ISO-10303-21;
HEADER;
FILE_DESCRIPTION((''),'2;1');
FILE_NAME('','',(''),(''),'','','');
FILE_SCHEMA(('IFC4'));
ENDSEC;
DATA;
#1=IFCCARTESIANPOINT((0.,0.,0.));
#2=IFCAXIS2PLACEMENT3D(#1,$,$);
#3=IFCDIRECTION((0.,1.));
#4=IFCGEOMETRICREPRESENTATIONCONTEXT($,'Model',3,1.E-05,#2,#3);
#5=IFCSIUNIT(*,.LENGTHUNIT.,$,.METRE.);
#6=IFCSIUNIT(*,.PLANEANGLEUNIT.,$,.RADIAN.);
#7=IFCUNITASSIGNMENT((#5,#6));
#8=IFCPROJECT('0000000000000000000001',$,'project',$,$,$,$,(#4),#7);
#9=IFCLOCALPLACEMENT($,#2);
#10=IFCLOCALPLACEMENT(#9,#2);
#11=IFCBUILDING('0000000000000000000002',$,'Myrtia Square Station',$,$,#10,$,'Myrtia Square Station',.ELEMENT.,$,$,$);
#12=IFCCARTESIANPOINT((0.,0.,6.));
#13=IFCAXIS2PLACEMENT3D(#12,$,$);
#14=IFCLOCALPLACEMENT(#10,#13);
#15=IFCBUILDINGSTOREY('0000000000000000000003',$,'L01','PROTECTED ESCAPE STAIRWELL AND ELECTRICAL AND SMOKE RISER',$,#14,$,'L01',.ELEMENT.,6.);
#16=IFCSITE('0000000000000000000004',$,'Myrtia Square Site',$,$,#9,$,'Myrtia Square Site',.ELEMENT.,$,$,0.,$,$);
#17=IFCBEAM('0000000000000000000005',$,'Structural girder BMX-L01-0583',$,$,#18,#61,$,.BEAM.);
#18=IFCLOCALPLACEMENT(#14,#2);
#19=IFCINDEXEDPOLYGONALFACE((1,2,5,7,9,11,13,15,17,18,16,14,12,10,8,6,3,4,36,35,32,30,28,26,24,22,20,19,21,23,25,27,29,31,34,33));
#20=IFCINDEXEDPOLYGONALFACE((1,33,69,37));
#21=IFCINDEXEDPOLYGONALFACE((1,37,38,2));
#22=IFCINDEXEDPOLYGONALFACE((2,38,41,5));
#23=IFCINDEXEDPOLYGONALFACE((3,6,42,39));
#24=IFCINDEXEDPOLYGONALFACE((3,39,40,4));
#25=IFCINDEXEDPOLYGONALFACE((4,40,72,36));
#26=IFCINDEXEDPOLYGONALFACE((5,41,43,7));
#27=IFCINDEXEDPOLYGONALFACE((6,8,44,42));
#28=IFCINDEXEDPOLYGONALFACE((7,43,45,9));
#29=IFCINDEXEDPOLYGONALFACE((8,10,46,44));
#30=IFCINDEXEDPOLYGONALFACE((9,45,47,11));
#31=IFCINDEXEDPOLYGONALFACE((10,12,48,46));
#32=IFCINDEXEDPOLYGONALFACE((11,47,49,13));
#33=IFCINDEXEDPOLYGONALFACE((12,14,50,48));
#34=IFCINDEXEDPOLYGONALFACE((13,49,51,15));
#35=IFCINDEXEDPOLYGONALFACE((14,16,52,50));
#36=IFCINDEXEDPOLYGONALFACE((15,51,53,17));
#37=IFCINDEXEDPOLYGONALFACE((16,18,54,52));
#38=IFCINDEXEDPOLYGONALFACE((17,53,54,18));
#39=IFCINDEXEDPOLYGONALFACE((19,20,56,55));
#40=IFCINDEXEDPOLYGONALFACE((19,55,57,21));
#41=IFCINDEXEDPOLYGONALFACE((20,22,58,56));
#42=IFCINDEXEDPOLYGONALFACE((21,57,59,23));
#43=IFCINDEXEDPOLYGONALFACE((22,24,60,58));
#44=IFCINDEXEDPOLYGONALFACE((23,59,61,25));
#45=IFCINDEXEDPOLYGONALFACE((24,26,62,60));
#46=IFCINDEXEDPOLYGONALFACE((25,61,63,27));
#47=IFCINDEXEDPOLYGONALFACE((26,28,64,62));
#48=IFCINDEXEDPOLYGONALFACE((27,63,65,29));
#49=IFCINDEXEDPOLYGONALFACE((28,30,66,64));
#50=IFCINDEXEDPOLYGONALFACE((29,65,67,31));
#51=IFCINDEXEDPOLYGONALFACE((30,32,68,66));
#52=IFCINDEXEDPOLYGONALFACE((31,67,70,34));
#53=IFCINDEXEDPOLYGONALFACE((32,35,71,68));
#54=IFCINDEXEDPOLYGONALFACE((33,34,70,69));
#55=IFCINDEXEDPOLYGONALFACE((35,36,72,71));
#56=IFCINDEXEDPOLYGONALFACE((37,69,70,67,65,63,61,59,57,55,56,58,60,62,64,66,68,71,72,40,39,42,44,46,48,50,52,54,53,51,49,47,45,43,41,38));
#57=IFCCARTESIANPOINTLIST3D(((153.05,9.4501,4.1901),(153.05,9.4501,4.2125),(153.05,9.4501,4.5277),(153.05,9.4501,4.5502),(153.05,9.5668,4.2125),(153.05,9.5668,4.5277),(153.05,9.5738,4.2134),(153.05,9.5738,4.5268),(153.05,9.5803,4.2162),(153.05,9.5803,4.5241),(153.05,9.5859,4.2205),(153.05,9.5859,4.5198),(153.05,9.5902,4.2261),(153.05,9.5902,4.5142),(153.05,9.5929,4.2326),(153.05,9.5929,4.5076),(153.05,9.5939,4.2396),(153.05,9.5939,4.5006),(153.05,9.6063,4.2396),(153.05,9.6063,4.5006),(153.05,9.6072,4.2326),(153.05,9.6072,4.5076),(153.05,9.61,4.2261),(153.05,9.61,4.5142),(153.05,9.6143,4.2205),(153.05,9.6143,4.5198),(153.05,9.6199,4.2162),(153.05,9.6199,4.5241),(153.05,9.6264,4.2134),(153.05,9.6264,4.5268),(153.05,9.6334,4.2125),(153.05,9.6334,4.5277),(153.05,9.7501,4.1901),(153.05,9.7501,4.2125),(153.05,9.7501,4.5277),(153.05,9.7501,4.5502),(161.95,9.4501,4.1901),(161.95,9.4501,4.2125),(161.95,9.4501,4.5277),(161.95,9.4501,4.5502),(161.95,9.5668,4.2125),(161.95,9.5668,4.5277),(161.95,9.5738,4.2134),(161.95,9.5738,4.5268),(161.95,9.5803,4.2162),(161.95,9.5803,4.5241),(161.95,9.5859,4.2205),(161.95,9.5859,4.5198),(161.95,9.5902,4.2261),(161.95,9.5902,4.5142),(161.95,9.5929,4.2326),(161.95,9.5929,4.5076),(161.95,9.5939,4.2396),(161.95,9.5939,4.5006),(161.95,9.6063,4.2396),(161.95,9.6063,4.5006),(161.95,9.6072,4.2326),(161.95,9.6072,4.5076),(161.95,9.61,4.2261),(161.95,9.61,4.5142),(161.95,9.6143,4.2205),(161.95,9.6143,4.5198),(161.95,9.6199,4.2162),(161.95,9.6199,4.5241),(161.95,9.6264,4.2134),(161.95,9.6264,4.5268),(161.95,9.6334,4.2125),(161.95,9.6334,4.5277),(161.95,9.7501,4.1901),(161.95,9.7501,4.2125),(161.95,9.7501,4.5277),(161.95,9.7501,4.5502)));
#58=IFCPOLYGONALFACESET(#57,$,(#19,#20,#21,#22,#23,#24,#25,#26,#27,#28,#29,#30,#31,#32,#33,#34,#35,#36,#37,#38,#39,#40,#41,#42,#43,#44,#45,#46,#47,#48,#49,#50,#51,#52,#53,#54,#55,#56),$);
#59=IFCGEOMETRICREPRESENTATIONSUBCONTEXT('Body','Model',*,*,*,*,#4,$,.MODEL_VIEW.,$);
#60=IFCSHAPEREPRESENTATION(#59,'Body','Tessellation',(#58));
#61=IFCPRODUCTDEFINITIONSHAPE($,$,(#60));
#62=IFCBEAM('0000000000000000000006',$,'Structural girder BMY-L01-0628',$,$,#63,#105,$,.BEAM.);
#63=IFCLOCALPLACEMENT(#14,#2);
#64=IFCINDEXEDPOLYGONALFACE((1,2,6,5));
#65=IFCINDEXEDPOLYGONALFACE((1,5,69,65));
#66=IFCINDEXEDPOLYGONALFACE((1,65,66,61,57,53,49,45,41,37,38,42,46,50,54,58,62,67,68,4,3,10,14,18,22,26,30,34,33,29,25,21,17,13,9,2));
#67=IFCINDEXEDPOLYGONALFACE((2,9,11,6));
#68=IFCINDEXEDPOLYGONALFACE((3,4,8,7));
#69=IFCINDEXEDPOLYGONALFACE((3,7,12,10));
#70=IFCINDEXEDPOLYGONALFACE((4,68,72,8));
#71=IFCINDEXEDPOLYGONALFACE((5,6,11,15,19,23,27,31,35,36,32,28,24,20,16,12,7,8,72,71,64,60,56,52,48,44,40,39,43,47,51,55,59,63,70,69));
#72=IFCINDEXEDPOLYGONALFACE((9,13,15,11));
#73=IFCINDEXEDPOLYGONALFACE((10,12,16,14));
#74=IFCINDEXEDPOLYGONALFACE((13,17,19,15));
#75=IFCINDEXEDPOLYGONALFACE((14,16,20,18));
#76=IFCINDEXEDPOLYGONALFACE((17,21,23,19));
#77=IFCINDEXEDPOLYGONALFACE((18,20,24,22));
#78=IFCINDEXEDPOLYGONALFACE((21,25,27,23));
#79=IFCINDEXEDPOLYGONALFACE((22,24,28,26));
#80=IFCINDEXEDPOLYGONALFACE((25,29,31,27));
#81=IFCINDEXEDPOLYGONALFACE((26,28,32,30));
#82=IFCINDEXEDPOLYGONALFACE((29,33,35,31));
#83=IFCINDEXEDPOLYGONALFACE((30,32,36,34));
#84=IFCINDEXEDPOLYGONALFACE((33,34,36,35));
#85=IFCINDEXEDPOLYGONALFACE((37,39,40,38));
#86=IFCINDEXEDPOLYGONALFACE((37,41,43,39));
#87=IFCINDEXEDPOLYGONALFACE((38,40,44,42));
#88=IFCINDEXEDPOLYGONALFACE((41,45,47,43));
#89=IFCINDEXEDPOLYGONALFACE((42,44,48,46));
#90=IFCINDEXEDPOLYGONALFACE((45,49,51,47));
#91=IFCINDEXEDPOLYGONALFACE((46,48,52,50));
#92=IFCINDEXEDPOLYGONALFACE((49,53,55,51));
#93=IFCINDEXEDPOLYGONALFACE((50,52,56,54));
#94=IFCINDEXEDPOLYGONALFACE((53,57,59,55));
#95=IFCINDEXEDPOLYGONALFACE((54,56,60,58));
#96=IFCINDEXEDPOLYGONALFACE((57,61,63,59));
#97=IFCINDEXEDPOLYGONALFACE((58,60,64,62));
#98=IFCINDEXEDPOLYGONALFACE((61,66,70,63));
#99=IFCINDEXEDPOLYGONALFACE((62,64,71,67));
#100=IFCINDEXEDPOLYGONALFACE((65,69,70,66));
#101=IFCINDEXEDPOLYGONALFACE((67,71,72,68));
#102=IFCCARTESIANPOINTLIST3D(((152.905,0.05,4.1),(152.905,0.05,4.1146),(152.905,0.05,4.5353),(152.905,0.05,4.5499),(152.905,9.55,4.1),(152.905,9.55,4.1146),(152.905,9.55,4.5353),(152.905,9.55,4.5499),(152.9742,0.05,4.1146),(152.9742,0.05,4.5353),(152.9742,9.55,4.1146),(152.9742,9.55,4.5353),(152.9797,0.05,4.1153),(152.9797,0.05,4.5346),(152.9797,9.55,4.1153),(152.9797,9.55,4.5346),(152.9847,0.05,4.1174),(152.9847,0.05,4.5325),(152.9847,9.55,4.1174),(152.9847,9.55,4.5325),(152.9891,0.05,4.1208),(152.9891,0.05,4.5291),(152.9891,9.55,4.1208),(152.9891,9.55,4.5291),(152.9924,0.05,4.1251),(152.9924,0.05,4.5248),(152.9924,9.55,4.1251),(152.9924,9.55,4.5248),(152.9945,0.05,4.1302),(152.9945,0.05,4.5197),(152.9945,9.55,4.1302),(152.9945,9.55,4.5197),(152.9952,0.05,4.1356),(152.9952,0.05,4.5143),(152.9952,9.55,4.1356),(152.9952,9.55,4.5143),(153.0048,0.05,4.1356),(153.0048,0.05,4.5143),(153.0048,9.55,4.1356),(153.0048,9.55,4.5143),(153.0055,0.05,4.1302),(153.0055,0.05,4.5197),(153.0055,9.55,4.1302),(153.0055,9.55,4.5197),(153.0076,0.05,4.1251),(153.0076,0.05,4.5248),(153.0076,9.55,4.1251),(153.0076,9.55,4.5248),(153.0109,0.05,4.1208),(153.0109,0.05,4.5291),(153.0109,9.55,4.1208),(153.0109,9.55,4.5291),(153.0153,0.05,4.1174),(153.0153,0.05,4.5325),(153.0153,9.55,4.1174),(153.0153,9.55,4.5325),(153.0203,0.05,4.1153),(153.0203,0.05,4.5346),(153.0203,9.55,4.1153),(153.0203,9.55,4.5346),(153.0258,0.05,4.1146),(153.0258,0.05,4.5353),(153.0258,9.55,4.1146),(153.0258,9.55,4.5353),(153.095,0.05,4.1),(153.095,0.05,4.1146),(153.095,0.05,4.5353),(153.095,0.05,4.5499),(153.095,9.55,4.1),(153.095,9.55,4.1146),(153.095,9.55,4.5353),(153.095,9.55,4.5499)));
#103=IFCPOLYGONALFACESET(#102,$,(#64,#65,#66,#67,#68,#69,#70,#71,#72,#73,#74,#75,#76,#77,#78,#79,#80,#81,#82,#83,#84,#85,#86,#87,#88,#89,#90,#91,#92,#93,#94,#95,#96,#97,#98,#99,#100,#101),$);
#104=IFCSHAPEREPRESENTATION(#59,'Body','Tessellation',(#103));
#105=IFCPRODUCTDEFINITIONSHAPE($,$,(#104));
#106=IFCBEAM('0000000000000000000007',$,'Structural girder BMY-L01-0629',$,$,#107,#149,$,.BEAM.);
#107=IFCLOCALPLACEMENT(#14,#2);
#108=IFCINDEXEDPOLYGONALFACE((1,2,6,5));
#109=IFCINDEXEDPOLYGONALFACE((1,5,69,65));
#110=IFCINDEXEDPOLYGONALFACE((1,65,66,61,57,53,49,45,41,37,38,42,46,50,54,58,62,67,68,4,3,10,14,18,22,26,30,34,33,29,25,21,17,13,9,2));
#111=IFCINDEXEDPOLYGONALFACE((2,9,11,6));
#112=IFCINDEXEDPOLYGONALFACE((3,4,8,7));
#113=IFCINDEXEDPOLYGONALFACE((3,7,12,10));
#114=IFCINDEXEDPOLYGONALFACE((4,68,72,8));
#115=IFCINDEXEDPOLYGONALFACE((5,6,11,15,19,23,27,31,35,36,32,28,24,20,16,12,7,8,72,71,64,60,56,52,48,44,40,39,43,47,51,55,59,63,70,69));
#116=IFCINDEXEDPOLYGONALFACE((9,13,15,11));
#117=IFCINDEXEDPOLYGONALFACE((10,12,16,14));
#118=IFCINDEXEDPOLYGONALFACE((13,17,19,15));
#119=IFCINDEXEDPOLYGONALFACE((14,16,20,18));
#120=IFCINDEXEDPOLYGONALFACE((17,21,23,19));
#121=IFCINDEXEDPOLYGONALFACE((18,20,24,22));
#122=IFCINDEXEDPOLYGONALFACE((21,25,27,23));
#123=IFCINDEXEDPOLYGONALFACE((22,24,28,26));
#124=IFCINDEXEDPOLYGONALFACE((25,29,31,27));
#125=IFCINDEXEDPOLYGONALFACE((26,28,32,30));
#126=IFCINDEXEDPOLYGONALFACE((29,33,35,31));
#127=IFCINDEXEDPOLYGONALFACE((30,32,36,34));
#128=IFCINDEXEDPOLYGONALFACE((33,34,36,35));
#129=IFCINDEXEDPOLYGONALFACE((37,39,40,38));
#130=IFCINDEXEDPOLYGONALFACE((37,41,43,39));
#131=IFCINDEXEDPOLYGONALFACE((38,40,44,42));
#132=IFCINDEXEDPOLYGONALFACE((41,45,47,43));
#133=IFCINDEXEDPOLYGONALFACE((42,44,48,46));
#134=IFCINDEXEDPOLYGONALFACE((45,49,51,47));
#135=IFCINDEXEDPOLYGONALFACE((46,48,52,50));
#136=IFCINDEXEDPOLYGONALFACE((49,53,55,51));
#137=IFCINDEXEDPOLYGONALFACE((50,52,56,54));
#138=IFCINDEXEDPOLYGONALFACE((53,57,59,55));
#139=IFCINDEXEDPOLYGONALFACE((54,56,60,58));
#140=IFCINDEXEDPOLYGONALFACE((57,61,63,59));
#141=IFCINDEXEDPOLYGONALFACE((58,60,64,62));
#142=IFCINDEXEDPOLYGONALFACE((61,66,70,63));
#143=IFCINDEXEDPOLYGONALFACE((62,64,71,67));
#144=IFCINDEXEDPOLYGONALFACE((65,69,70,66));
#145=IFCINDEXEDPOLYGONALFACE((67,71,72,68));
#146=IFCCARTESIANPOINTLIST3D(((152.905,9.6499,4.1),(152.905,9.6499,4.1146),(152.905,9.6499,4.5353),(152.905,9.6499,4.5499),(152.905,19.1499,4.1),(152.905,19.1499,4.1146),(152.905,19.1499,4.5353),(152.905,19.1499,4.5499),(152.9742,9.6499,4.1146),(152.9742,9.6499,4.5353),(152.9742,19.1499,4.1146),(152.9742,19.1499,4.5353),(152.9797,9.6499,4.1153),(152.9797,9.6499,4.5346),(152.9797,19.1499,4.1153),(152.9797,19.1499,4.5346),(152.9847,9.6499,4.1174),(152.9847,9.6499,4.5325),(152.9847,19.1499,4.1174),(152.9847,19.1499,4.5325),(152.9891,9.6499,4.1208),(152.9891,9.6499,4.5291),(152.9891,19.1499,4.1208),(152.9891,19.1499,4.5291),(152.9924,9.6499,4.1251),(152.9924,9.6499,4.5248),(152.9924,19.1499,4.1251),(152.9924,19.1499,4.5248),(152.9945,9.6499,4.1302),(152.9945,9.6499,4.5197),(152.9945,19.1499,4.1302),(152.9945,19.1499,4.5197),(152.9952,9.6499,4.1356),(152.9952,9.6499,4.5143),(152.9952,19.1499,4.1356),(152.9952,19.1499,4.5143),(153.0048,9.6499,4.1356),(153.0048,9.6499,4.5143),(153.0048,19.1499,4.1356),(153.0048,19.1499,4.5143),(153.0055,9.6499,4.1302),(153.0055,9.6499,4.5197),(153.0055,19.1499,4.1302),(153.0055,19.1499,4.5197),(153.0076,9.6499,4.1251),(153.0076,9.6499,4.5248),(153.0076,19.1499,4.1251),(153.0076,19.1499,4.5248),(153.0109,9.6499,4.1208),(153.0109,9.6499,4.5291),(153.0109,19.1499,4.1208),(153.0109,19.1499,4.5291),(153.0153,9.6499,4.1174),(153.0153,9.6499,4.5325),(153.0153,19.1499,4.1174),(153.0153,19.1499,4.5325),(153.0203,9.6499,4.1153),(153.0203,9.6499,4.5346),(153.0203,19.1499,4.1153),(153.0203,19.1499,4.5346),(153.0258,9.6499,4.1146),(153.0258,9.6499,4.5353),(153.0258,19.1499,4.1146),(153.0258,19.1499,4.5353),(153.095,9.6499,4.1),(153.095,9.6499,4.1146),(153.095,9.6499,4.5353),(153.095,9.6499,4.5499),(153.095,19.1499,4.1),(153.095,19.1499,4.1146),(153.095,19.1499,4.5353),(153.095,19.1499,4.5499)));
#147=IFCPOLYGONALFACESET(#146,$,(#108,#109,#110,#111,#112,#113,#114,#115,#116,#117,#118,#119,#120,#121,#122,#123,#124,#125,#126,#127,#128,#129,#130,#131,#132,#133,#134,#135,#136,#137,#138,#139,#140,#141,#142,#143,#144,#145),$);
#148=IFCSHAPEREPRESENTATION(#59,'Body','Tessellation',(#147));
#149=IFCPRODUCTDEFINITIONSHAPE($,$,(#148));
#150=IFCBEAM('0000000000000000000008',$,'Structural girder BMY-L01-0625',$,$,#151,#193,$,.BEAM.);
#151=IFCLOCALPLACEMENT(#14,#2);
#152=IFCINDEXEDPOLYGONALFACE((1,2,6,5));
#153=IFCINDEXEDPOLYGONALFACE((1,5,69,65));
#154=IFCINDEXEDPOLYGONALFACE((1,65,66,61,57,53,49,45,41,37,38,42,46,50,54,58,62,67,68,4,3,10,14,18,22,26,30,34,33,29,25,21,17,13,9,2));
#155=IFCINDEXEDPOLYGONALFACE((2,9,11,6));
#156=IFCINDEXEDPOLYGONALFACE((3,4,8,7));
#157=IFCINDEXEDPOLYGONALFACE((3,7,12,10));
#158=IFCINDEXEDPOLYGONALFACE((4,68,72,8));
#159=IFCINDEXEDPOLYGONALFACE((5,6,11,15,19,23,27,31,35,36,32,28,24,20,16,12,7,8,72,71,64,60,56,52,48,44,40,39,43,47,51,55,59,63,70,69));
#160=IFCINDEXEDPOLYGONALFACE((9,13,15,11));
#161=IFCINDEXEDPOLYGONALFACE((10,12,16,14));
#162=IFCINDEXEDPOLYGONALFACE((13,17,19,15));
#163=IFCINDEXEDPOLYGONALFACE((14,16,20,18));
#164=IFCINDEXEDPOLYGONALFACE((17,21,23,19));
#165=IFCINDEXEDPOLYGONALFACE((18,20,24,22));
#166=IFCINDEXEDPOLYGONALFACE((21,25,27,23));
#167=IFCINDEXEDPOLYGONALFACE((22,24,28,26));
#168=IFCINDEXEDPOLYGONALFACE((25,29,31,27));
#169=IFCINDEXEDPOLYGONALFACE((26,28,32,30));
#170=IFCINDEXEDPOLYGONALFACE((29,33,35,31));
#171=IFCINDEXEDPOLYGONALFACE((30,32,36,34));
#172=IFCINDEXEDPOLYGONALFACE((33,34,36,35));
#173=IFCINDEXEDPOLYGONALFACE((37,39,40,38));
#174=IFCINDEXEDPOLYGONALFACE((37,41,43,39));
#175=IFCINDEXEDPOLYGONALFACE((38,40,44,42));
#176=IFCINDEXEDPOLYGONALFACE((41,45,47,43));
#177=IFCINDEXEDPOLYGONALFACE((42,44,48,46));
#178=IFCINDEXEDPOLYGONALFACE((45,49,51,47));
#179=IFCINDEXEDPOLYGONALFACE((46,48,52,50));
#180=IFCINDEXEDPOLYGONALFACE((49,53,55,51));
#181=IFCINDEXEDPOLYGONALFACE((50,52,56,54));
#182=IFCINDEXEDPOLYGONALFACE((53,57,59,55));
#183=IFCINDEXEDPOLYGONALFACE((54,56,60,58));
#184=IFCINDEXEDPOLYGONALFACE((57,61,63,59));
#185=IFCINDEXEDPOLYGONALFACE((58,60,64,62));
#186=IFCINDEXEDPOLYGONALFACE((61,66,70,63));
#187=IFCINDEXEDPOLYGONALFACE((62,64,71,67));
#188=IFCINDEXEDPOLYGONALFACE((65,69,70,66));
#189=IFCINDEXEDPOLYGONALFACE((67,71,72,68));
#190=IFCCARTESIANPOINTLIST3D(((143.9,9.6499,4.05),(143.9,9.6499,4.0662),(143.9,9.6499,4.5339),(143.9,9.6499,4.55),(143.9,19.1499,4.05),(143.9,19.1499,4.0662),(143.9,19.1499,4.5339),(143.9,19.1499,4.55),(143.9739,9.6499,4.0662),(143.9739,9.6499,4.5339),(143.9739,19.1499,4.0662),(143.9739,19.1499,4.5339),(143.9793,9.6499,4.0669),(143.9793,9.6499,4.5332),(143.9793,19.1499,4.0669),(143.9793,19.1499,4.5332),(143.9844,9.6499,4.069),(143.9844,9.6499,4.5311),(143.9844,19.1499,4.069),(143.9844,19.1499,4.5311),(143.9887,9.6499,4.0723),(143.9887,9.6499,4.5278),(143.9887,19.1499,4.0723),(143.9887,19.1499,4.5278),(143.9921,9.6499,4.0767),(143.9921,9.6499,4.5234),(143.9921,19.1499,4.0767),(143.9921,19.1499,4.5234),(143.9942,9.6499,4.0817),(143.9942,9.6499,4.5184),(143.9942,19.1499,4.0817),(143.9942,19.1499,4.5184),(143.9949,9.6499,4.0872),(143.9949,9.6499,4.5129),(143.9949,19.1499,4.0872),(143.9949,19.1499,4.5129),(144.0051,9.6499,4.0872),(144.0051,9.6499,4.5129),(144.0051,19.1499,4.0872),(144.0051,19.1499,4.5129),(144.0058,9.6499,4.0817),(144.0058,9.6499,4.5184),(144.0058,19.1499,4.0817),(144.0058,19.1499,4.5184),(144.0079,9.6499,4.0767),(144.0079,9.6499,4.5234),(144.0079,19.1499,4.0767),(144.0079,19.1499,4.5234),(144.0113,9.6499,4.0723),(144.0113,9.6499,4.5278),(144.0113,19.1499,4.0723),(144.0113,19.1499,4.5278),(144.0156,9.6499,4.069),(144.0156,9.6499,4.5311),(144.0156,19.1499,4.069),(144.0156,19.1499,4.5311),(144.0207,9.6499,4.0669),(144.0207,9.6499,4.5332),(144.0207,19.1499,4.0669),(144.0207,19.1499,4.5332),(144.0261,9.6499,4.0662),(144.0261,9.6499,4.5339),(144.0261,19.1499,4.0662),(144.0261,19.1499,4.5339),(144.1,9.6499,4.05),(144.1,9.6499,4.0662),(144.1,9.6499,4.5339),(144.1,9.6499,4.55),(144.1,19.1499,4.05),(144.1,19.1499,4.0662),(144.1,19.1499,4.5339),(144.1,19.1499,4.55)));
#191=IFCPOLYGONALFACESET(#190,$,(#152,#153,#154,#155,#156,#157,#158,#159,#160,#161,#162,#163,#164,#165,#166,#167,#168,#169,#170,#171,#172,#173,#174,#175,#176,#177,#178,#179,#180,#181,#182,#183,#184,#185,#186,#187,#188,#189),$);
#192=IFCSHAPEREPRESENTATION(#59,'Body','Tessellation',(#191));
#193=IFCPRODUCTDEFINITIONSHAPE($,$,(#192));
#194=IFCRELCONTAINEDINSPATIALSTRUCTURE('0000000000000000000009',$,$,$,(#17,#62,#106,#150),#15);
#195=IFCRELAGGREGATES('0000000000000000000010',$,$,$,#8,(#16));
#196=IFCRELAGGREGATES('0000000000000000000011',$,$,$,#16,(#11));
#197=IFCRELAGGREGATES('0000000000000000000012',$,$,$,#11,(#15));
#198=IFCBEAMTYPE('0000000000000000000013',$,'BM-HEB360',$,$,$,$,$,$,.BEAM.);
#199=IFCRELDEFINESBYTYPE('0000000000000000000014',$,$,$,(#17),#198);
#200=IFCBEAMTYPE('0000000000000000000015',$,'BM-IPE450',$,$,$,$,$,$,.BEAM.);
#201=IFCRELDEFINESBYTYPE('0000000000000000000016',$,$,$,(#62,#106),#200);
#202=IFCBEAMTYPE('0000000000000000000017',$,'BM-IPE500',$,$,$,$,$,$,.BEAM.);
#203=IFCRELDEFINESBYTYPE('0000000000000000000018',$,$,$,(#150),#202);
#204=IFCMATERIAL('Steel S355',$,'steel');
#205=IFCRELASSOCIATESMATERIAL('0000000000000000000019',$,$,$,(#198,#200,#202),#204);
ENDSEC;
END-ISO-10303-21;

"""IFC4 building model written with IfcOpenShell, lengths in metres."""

from ifc_helpers import new_model, si_unit, direction, frame, origin, origin_2d, place, context, subcontext, project, spatial, i_section, extrude, material, material_profile, profile_set, type_object, element, save


model = new_model("IFC4")

# Units and contexts
model_context = context("Model", 3, precision=1e-05, world=origin(), true_north=direction((0.0, 1.0)))
body_context = subcontext(model_context, "Body", "Model", "MODEL_VIEW")
ifc_project = project(units=[si_unit("LENGTHUNIT", "METRE"), si_unit("PLANEANGLEUNIT", "RADIAN")], contexts=[model_context])

# Site, building, storey
site_placement = place(None, origin())
site = spatial("IfcSite", under=ifc_project, at=site_placement, Name="Myrtia Square Site", LongName="Myrtia Square Site", CompositionType="ELEMENT", RefElevation=0.0)
building_placement = place(site_placement, origin())
building = spatial("IfcBuilding", under=site, at=building_placement, Name="Myrtia Square Station", LongName="Myrtia Square Station", CompositionType="ELEMENT")
storey_placement = place(building_placement, frame((0.0, 0.0, 6.0)))
storey = spatial("IfcBuildingStorey", under=building, at=storey_placement, Name="L01", Description="PROTECTED ESCAPE STAIRWELL AND ELECTRICAL AND SMOKE RISER", LongName="L01", CompositionType="ELEMENT", Elevation=6.0)

# Shared definitions
ifc_material_1 = material(Name="Steel S355", Category="steel")

# Beams
ifc_material_profile_1 = material_profile(ifc_material_1, i_section(OverallWidth=0.3, OverallDepth=0.3601, WebThickness=0.0125, FlangeThickness=0.0225, FilletRadius=0.0271, at=origin_2d()), Name="HEB 360")
ifc_profile_set_1 = profile_set([ifc_material_profile_1], Name="Steel S355")
beam_type_1 = type_object("IfcBeamType", Name="BM-HEB360", PredefinedType="BEAM", material=ifc_profile_set_1)
for number, where, z_axis, x_axis, name in (
    (1, (153.05, 9.6001, 4.3701), (1.0, 0.0, 0.0), (0.0, 1.0, 0.0), "Structural girder BMX-L01-0583"),
):
    element("IfcBeam", number, at=place(storey_placement, frame(where, z_axis=z_axis, x_axis=x_axis)), inside=storey, type_object=beam_type_1, Name=name, PredefinedType="BEAM", context=body_context, shape_type="SweptSolid", body=[
        extrude(i_section(OverallWidth=0.3, OverallDepth=0.3601, WebThickness=0.0125, FlangeThickness=0.0225, FilletRadius=0.0271, at=origin_2d()), origin(), (0.0, 0.0, 1.0), 8.8999),
    ])
ifc_material_profile_2 = material_profile(ifc_material_1, i_section(OverallWidth=0.1899, OverallDepth=0.45, WebThickness=0.0095, FlangeThickness=0.0146, FilletRadius=0.021, at=origin_2d()), Name="IPE 450")
ifc_profile_set_2 = profile_set([ifc_material_profile_2], Name="Steel S355")
beam_type_2 = type_object("IfcBeamType", Name="BM-IPE450", PredefinedType="BEAM", material=ifc_profile_set_2)
for number, where, z_axis, x_axis, name in (
    (2, (153.0, 0.05, 4.325), (0.0, 1.0, 0.0), (-1.0, 0.0, 0.0), "Structural girder BMY-L01-0628"),
    (3, (153.0, 9.6499, 4.325), (0.0, 1.0, 0.0), (-1.0, 0.0, 0.0), "Structural girder BMY-L01-0629"),
):
    element("IfcBeam", number, at=place(storey_placement, frame(where, z_axis=z_axis, x_axis=x_axis)), inside=storey, type_object=beam_type_2, Name=name, PredefinedType="BEAM", context=body_context, shape_type="SweptSolid", body=[
        extrude(i_section(OverallWidth=0.1899, OverallDepth=0.45, WebThickness=0.0095, FlangeThickness=0.0146, FilletRadius=0.021, at=origin_2d()), origin(), (0.0, 0.0, 1.0), 9.5),
    ])
ifc_material_profile_3 = material_profile(ifc_material_1, i_section(OverallWidth=0.2, OverallDepth=0.5, WebThickness=0.0103, FlangeThickness=0.0161, FilletRadius=0.021, at=origin_2d()), Name="IPE 500")
ifc_profile_set_3 = profile_set([ifc_material_profile_3], Name="Steel S355")
beam_type_3 = type_object("IfcBeamType", Name="BM-IPE500", PredefinedType="BEAM", material=ifc_profile_set_3)
beam_placement = place(storey_placement, frame((144.0, 9.6499, 4.3), z_axis=(0.0, 1.0, 0.0), x_axis=(-1.0, 0.0, 0.0)))
element("IfcBeam", 4, at=beam_placement, inside=storey, type_object=beam_type_3, Name="Structural girder BMY-L01-0625", PredefinedType="BEAM", context=body_context, shape_type="SweptSolid", body=[
    extrude(i_section(OverallWidth=0.2, OverallDepth=0.5, WebThickness=0.0103, FlangeThickness=0.0161, FilletRadius=0.021, at=origin_2d()), origin(), (0.0, 0.0, 1.0), 9.5),
])

save(model, "model.ifc")
